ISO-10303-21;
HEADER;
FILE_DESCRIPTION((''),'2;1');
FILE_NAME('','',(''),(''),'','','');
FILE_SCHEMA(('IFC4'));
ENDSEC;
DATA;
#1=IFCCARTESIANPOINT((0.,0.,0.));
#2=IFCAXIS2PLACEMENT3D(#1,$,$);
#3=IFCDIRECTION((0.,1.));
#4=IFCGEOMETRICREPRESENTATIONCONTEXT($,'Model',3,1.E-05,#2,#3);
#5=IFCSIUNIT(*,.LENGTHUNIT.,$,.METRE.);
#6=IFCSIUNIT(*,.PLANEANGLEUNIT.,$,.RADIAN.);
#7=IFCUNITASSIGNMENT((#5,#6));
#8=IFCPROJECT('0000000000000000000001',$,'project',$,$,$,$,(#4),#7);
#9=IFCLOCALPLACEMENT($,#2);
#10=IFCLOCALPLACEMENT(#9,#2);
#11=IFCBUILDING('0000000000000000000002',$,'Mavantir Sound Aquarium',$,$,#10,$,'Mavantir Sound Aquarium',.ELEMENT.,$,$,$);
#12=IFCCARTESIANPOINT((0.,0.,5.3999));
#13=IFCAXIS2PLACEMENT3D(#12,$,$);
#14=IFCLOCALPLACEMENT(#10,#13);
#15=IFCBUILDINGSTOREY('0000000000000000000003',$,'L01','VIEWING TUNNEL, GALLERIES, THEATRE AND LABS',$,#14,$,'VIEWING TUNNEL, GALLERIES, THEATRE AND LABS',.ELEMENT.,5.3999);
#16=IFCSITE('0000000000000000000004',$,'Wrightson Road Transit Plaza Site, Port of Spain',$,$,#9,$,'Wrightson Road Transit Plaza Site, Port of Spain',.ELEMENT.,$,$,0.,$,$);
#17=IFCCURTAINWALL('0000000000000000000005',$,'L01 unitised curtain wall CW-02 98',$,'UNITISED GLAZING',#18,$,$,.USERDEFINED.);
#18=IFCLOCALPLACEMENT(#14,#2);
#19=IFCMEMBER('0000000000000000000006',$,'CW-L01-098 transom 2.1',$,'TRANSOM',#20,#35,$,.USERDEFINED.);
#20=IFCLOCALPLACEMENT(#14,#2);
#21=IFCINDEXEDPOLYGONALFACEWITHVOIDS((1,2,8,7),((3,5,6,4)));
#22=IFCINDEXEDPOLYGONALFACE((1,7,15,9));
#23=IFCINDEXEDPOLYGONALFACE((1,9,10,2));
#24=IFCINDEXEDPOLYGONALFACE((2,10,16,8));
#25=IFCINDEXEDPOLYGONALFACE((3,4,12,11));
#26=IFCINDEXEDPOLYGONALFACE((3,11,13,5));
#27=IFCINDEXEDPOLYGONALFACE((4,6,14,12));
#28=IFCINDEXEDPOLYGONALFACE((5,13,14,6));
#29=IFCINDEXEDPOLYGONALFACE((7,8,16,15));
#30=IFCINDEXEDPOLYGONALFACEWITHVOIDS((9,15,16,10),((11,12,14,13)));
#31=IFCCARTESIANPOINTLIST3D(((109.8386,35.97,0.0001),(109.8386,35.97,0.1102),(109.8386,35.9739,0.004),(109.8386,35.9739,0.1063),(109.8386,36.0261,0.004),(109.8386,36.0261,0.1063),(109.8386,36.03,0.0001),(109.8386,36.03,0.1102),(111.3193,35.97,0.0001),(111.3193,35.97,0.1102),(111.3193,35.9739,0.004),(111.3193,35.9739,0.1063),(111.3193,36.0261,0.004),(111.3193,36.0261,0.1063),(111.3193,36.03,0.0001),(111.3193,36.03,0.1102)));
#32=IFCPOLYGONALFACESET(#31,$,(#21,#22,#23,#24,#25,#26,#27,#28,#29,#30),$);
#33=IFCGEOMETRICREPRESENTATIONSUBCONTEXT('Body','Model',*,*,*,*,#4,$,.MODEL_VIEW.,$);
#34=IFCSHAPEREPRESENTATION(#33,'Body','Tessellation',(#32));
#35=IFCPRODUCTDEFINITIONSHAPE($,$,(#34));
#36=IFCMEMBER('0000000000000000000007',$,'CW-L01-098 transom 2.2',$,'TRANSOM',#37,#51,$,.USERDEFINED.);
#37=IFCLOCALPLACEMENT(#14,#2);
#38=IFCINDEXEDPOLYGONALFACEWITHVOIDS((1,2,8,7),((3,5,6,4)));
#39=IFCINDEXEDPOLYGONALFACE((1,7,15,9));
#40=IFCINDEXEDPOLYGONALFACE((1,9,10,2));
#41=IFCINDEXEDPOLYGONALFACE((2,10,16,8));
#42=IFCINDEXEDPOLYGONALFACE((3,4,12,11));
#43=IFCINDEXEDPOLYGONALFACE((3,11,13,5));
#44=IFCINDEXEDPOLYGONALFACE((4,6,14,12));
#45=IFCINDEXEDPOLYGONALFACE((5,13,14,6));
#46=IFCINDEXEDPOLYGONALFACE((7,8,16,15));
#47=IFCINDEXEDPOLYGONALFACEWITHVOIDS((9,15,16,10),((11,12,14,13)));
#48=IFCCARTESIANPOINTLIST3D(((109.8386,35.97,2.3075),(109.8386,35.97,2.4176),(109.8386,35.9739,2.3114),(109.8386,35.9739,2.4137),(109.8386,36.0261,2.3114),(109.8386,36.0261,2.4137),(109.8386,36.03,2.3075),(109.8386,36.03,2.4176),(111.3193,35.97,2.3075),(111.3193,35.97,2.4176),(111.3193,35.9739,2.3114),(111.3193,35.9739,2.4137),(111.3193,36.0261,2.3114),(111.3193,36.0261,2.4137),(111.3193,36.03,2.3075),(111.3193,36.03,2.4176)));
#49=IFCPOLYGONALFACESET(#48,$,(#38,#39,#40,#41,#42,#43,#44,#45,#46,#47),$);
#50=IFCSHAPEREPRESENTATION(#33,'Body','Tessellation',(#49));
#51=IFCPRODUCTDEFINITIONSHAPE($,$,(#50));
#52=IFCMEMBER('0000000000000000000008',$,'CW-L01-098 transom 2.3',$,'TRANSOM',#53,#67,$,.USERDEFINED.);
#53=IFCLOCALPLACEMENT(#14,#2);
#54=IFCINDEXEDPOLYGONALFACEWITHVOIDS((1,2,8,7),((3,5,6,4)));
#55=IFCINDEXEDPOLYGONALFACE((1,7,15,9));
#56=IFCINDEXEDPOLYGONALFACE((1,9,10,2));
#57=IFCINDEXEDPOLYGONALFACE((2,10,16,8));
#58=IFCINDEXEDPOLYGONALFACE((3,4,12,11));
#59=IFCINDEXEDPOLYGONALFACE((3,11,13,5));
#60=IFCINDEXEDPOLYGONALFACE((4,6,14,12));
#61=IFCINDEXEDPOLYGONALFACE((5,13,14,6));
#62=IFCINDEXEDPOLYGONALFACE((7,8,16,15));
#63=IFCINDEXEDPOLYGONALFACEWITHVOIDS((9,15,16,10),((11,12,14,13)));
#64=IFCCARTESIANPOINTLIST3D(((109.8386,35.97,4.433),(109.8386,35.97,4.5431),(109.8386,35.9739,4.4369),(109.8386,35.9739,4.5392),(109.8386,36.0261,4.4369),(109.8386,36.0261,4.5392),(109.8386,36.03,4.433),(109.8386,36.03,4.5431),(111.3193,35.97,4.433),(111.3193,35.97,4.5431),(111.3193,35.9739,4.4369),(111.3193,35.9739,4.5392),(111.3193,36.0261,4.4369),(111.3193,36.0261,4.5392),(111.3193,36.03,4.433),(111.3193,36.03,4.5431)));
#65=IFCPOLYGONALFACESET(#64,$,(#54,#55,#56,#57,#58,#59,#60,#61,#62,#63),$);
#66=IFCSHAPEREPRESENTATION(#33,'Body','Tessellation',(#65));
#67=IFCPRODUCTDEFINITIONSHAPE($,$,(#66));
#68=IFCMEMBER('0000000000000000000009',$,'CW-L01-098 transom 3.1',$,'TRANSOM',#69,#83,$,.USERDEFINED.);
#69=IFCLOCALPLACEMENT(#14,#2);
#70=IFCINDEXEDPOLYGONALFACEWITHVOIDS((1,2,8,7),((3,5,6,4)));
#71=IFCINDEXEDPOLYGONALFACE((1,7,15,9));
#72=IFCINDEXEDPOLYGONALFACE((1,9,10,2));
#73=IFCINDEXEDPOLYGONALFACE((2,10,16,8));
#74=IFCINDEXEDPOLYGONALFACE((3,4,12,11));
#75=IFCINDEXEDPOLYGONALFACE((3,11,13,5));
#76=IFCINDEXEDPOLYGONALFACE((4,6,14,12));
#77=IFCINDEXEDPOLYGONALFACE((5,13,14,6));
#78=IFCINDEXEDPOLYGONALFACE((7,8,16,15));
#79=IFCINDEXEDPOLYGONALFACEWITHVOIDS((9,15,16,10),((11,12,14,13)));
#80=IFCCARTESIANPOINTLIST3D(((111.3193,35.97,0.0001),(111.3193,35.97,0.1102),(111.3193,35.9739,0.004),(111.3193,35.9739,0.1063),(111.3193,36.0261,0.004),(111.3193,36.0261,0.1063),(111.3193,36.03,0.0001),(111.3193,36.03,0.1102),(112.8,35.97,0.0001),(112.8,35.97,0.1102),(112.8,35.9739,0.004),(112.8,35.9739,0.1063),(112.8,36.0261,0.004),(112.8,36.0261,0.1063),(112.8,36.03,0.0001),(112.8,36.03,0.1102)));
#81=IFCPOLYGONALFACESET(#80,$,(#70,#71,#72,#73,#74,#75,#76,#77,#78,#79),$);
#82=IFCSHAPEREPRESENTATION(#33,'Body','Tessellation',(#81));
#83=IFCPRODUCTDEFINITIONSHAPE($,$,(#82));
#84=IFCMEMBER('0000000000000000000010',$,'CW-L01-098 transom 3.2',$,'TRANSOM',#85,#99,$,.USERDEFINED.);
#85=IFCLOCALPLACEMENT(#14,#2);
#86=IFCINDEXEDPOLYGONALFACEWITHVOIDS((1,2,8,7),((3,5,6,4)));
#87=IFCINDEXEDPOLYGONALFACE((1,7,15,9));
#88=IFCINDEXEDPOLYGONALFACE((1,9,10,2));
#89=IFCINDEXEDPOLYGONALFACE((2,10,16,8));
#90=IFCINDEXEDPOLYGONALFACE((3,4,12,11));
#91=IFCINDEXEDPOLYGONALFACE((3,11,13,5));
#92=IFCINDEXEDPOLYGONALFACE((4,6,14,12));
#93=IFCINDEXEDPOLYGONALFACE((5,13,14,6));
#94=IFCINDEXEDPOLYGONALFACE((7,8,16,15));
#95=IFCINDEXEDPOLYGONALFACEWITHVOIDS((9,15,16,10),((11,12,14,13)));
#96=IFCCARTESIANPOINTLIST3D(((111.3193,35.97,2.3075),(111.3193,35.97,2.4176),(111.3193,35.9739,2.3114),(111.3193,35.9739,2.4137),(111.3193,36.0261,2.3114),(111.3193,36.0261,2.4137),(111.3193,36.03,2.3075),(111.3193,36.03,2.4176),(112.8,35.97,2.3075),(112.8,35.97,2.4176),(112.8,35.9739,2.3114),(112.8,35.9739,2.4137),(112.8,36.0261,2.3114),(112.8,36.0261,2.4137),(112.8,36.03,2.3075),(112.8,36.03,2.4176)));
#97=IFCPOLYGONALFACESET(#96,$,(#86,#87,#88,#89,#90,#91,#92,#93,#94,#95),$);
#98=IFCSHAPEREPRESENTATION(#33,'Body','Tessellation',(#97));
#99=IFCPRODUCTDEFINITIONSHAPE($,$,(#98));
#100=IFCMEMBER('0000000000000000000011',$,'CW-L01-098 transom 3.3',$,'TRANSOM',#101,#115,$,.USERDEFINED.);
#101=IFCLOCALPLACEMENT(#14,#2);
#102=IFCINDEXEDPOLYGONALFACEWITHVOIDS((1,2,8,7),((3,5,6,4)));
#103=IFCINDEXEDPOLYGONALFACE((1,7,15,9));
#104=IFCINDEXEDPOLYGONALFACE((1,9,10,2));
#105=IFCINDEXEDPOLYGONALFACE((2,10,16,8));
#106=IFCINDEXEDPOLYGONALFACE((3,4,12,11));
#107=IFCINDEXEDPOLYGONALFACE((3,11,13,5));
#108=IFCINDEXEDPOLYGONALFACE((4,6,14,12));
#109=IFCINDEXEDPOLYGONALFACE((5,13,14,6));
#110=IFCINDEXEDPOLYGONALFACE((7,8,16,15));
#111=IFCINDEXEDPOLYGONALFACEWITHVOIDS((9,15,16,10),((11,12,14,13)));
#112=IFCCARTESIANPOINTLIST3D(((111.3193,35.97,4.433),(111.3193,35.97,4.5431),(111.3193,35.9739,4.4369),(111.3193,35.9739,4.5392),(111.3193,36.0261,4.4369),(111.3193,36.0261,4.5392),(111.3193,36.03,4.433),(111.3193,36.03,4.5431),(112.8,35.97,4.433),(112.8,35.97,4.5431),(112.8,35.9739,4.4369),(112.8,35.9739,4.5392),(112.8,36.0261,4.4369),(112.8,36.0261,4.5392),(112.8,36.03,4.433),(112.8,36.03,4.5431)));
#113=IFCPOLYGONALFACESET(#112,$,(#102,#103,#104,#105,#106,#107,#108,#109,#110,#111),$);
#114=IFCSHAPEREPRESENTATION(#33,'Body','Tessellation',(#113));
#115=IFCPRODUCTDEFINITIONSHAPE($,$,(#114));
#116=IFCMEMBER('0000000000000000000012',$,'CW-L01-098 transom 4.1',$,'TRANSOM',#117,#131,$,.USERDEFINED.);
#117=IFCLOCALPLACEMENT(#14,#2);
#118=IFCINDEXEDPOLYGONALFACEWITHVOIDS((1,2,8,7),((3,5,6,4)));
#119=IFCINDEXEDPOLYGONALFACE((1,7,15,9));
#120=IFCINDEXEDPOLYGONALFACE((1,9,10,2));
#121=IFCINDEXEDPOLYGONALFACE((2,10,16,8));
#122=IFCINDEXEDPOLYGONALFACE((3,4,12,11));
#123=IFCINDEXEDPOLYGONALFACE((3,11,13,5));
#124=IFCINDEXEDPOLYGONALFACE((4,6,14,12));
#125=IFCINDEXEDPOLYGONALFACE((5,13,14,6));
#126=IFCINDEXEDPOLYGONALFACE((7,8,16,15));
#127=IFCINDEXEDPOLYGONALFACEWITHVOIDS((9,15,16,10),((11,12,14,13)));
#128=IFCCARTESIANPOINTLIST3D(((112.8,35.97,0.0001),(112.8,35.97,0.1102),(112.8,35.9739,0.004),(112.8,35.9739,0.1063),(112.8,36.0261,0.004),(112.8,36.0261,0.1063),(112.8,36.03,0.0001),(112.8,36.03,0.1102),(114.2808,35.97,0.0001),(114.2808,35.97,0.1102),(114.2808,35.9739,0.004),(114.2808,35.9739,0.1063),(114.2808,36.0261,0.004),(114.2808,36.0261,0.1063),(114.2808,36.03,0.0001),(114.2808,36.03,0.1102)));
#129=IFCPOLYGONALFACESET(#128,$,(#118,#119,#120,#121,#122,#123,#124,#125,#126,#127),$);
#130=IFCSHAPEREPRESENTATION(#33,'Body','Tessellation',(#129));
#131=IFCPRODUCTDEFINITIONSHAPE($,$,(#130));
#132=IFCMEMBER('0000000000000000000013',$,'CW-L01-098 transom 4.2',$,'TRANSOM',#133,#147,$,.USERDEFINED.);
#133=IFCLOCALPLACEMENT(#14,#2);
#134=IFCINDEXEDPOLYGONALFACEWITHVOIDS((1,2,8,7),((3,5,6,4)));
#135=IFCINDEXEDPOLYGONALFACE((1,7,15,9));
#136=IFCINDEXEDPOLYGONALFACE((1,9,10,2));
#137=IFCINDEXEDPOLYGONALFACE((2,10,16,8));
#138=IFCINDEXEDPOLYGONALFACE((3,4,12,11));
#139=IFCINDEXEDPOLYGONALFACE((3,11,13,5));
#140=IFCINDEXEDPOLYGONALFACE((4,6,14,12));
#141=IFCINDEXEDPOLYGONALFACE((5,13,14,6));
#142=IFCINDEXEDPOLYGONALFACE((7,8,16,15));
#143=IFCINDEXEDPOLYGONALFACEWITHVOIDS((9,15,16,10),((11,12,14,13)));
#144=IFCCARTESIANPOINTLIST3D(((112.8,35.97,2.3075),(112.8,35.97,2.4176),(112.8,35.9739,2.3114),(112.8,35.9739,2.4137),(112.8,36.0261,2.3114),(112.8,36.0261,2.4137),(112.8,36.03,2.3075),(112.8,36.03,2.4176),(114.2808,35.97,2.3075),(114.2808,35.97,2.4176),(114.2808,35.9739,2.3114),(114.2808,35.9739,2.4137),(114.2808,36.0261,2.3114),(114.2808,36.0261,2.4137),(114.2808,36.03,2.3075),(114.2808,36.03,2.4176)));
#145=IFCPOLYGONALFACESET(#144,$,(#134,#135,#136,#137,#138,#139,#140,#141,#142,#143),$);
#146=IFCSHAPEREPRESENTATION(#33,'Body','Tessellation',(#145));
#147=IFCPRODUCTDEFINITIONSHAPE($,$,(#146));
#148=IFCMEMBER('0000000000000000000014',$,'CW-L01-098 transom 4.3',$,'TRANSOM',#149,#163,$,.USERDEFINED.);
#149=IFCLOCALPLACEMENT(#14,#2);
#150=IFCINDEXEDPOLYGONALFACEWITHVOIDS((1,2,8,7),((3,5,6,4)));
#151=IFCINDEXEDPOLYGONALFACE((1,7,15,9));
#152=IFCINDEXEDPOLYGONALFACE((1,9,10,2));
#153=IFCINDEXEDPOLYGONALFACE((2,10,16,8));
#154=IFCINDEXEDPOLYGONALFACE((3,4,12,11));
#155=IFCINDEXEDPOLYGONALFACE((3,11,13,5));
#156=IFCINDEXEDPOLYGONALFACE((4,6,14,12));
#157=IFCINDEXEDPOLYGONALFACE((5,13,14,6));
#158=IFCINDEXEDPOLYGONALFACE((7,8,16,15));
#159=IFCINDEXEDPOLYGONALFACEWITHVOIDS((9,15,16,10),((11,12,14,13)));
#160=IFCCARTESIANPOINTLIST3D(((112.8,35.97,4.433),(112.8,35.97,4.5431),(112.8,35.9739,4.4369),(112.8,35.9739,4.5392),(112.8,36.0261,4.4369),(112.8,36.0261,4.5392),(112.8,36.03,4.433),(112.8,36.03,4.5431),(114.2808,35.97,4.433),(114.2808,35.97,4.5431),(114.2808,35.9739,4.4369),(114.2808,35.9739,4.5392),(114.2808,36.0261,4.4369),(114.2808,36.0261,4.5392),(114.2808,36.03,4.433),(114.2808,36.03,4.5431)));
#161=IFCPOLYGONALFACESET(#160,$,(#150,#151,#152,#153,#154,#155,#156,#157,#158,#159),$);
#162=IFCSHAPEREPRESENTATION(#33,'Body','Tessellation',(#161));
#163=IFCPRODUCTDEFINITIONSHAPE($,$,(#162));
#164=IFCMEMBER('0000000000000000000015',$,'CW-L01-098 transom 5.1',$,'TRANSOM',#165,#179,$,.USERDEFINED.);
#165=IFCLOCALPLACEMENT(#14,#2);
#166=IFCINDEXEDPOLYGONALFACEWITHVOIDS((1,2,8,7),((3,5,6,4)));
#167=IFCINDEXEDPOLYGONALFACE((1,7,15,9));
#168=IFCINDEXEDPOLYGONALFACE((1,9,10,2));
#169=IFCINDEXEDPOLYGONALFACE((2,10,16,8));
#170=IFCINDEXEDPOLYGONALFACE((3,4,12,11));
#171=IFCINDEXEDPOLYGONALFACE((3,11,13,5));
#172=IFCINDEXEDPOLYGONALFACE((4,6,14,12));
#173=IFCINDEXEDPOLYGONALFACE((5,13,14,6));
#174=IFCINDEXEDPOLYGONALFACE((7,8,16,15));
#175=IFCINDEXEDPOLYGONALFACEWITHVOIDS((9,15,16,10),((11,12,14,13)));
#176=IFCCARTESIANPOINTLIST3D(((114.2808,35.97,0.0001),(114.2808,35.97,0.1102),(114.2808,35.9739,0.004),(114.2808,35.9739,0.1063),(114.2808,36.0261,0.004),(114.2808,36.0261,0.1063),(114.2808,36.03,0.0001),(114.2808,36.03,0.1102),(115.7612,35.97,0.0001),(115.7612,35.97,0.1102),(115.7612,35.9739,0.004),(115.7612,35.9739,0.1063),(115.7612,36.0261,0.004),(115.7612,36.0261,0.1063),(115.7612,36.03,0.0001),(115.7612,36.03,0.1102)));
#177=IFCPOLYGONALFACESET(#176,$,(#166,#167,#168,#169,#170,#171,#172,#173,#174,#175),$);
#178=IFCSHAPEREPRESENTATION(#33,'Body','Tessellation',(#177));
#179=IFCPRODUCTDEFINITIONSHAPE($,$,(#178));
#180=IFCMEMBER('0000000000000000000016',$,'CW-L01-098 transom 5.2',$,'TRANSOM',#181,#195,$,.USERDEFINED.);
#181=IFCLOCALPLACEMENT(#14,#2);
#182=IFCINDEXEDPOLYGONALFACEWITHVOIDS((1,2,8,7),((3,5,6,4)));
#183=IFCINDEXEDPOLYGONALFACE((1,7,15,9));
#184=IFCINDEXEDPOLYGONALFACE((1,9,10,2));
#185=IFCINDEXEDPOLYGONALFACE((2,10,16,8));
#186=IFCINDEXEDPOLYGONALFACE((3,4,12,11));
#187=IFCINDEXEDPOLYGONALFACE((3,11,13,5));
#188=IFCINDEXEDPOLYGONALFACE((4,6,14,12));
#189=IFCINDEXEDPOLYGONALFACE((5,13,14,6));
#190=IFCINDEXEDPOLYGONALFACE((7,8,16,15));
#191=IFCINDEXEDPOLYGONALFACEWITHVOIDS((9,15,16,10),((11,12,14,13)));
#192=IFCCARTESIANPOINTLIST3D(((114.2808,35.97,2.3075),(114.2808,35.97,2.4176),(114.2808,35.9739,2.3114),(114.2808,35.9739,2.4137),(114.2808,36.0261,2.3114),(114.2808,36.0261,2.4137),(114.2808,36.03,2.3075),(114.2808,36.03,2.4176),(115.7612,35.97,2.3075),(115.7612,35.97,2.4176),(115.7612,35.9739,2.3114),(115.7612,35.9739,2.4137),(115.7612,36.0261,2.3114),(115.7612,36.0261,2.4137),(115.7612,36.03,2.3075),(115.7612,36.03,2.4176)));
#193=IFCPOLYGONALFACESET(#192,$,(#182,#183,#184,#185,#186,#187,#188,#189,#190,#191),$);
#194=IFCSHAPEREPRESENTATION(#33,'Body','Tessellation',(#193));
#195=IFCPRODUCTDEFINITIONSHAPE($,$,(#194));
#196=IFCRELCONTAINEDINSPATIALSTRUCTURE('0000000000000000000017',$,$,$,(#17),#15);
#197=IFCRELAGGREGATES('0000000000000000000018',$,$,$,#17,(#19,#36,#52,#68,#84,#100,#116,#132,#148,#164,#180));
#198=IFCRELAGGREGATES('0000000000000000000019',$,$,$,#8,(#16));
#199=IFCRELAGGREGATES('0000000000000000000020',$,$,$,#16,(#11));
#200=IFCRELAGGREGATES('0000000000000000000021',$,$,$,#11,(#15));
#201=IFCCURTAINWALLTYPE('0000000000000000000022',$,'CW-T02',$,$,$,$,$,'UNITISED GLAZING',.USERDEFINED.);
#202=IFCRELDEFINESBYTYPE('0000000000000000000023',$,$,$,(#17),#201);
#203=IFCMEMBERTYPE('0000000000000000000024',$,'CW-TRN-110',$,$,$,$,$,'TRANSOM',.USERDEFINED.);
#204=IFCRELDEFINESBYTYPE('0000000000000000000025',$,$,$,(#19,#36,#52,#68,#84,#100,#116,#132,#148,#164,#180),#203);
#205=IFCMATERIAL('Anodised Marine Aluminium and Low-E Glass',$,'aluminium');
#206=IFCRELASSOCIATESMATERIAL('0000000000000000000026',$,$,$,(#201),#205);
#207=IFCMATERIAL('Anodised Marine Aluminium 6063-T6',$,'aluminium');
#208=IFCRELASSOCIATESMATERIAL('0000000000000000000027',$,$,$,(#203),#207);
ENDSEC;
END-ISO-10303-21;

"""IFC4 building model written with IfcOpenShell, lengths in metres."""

from ifc_helpers import new_model, si_unit, direction, frame, origin, origin_2d, place, context, subcontext, project, spatial, hollow_rectangle, extrude, material, material_profile, profile_set, type_object, element, aggregate, save


model = new_model("IFC4")

# Units and contexts
model_context = context("Model", 3, precision=1e-05, world=origin(), true_north=direction((0.0, 1.0)))
body_context = subcontext(model_context, "Body", "Model", "MODEL_VIEW")
ifc_project = project(units=[si_unit("LENGTHUNIT", "METRE"), si_unit("PLANEANGLEUNIT", "RADIAN")], contexts=[model_context])

# Site, building, storey
site_placement = place(None, origin())
site = spatial("IfcSite", under=ifc_project, at=site_placement, Name="Wrightson Road Transit Plaza Site, Port of Spain", LongName="Wrightson Road Transit Plaza Site, Port of Spain", CompositionType="ELEMENT", RefElevation=0.0)
building_placement = place(site_placement, origin())
building = spatial("IfcBuilding", under=site, at=building_placement, Name="Mavantir Sound Aquarium", LongName="Mavantir Sound Aquarium", CompositionType="ELEMENT")
storey_placement = place(building_placement, frame((0.0, 0.0, 5.3999)))
storey = spatial("IfcBuildingStorey", under=building, at=storey_placement, Name="L01", Description="VIEWING TUNNEL, GALLERIES, THEATRE AND LABS", LongName="VIEWING TUNNEL, GALLERIES, THEATRE AND LABS", CompositionType="ELEMENT", Elevation=5.3999)

# Curtain wall, members
ifc_material_1 = material(Name="Anodised Marine Aluminium and Low-E Glass", Category="aluminium")
curtain_wall_type = type_object("IfcCurtainWallType", Name="CW-T02", ElementType="UNITISED GLAZING", PredefinedType="USERDEFINED", material=ifc_material_1)
curtain_wall_placement = place(storey_placement, origin())
curtain_wall = element("IfcCurtainWall", 1, at=curtain_wall_placement, inside=storey, type_object=curtain_wall_type, Name="L01 unitised curtain wall CW-02 98", ObjectType="UNITISED GLAZING", PredefinedType="USERDEFINED")
ifc_material_2 = material(Name="Anodised Marine Aluminium 6063-T6", Category="aluminium")
ifc_material_profile_1 = material_profile(ifc_material_2, hollow_rectangle(XDim=0.0601, YDim=0.1101, WallThickness=0.0039, at=origin_2d()), Name="ALU-TRANSOM-110X60")
ifc_profile_set_1 = profile_set([ifc_material_profile_1], Name="Anodised Marine Aluminium 6063-T6")
member_type_1 = type_object("IfcMemberType", Name="CW-TRN-110", ElementType="TRANSOM", PredefinedType="USERDEFINED", material=ifc_profile_set_1)
member_1_placement = place(storey_placement, frame((109.8386, 36.0, 0.0552), z_axis=(1.0, 0.0, 0.0), x_axis=(0.0, 1.0, 0.0)))
member_1 = element("IfcMember", 2, at=member_1_placement, type_object=member_type_1, Name="CW-L01-098 transom 2.1", ObjectType="TRANSOM", PredefinedType="USERDEFINED", context=body_context, shape_type="SweptSolid", body=[
    extrude(hollow_rectangle(XDim=0.0601, YDim=0.1101, WallThickness=0.0039, at=origin_2d()), origin(), (0.0, 0.0, 1.0), 1.4807),
])
member_2_placement = place(storey_placement, frame((109.8386, 36.0, 2.3625), z_axis=(1.0, 0.0, 0.0), x_axis=(0.0, 1.0, 0.0)))
member_2 = element("IfcMember", 3, at=member_2_placement, type_object=member_type_1, Name="CW-L01-098 transom 2.2", ObjectType="TRANSOM", PredefinedType="USERDEFINED", context=body_context, shape_type="SweptSolid", body=[
    extrude(hollow_rectangle(XDim=0.0601, YDim=0.1101, WallThickness=0.0039, at=origin_2d()), origin(), (0.0, 0.0, 1.0), 1.4807),
])
member_3_placement = place(storey_placement, frame((109.8386, 36.0, 4.488), z_axis=(1.0, 0.0, 0.0), x_axis=(0.0, 1.0, 0.0)))
member_3 = element("IfcMember", 4, at=member_3_placement, type_object=member_type_1, Name="CW-L01-098 transom 2.3", ObjectType="TRANSOM", PredefinedType="USERDEFINED", context=body_context, shape_type="SweptSolid", body=[
    extrude(hollow_rectangle(XDim=0.0601, YDim=0.1101, WallThickness=0.0039, at=origin_2d()), origin(), (0.0, 0.0, 1.0), 1.4807),
])
member_4_placement = place(storey_placement, frame((111.3193, 36.0, 0.0552), z_axis=(1.0, 0.0, 0.0), x_axis=(0.0, 1.0, 0.0)))
member_4 = element("IfcMember", 5, at=member_4_placement, type_object=member_type_1, Name="CW-L01-098 transom 3.1", ObjectType="TRANSOM", PredefinedType="USERDEFINED", context=body_context, shape_type="SweptSolid", body=[
    extrude(hollow_rectangle(XDim=0.0601, YDim=0.1101, WallThickness=0.0039, at=origin_2d()), origin(), (0.0, 0.0, 1.0), 1.4807),
])
member_5_placement = place(storey_placement, frame((111.3193, 36.0, 2.3625), z_axis=(1.0, 0.0, 0.0), x_axis=(0.0, 1.0, 0.0)))
member_5 = element("IfcMember", 6, at=member_5_placement, type_object=member_type_1, Name="CW-L01-098 transom 3.2", ObjectType="TRANSOM", PredefinedType="USERDEFINED", context=body_context, shape_type="SweptSolid", body=[
    extrude(hollow_rectangle(XDim=0.0601, YDim=0.1101, WallThickness=0.0039, at=origin_2d()), origin(), (0.0, 0.0, 1.0), 1.4807),
])
member_6_placement = place(storey_placement, frame((111.3193, 36.0, 4.488), z_axis=(1.0, 0.0, 0.0), x_axis=(0.0, 1.0, 0.0)))
member_6 = element("IfcMember", 7, at=member_6_placement, type_object=member_type_1, Name="CW-L01-098 transom 3.3", ObjectType="TRANSOM", PredefinedType="USERDEFINED", context=body_context, shape_type="SweptSolid", body=[
    extrude(hollow_rectangle(XDim=0.0601, YDim=0.1101, WallThickness=0.0039, at=origin_2d()), origin(), (0.0, 0.0, 1.0), 1.4807),
])
member_7_placement = place(storey_placement, frame((112.8, 36.0, 0.0552), z_axis=(1.0, 0.0, 0.0), x_axis=(0.0, 1.0, 0.0)))
member_7 = element("IfcMember", 8, at=member_7_placement, type_object=member_type_1, Name="CW-L01-098 transom 4.1", ObjectType="TRANSOM", PredefinedType="USERDEFINED", context=body_context, shape_type="SweptSolid", body=[
    extrude(hollow_rectangle(XDim=0.0601, YDim=0.1101, WallThickness=0.0039, at=origin_2d()), origin(), (0.0, 0.0, 1.0), 1.4807),
])
member_8_placement = place(storey_placement, frame((112.8, 36.0, 2.3625), z_axis=(1.0, 0.0, 0.0), x_axis=(0.0, 1.0, 0.0)))
member_8 = element("IfcMember", 9, at=member_8_placement, type_object=member_type_1, Name="CW-L01-098 transom 4.2", ObjectType="TRANSOM", PredefinedType="USERDEFINED", context=body_context, shape_type="SweptSolid", body=[
    extrude(hollow_rectangle(XDim=0.0601, YDim=0.1101, WallThickness=0.0039, at=origin_2d()), origin(), (0.0, 0.0, 1.0), 1.4807),
])
member_9_placement = place(storey_placement, frame((112.8, 36.0, 4.488), z_axis=(1.0, 0.0, 0.0), x_axis=(0.0, 1.0, 0.0)))
member_9 = element("IfcMember", 10, at=member_9_placement, type_object=member_type_1, Name="CW-L01-098 transom 4.3", ObjectType="TRANSOM", PredefinedType="USERDEFINED", context=body_context, shape_type="SweptSolid", body=[
    extrude(hollow_rectangle(XDim=0.0601, YDim=0.1101, WallThickness=0.0039, at=origin_2d()), origin(), (0.0, 0.0, 1.0), 1.4807),
])
member_10_placement = place(storey_placement, frame((114.2808, 36.0, 0.0552), z_axis=(1.0, 0.0, 0.0), x_axis=(0.0, 1.0, 0.0)))
member_10 = element("IfcMember", 11, at=member_10_placement, type_object=member_type_1, Name="CW-L01-098 transom 5.1", ObjectType="TRANSOM", PredefinedType="USERDEFINED", context=body_context, shape_type="SweptSolid", body=[
    extrude(hollow_rectangle(XDim=0.0601, YDim=0.1101, WallThickness=0.0039, at=origin_2d()), origin(), (0.0, 0.0, 1.0), 1.4805),
])
member_11_placement = place(storey_placement, frame((114.2808, 36.0, 2.3625), z_axis=(1.0, 0.0, 0.0), x_axis=(0.0, 1.0, 0.0)))
member_11 = element("IfcMember", 12, at=member_11_placement, type_object=member_type_1, Name="CW-L01-098 transom 5.2", ObjectType="TRANSOM", PredefinedType="USERDEFINED", context=body_context, shape_type="SweptSolid", body=[
    extrude(hollow_rectangle(XDim=0.0601, YDim=0.1101, WallThickness=0.0039, at=origin_2d()), origin(), (0.0, 0.0, 1.0), 1.4805),
])
aggregate(curtain_wall, [member_1, member_2, member_3, member_4, member_5, member_6, member_7, member_8, member_9, member_10, member_11])

save(model, "model.ifc")
